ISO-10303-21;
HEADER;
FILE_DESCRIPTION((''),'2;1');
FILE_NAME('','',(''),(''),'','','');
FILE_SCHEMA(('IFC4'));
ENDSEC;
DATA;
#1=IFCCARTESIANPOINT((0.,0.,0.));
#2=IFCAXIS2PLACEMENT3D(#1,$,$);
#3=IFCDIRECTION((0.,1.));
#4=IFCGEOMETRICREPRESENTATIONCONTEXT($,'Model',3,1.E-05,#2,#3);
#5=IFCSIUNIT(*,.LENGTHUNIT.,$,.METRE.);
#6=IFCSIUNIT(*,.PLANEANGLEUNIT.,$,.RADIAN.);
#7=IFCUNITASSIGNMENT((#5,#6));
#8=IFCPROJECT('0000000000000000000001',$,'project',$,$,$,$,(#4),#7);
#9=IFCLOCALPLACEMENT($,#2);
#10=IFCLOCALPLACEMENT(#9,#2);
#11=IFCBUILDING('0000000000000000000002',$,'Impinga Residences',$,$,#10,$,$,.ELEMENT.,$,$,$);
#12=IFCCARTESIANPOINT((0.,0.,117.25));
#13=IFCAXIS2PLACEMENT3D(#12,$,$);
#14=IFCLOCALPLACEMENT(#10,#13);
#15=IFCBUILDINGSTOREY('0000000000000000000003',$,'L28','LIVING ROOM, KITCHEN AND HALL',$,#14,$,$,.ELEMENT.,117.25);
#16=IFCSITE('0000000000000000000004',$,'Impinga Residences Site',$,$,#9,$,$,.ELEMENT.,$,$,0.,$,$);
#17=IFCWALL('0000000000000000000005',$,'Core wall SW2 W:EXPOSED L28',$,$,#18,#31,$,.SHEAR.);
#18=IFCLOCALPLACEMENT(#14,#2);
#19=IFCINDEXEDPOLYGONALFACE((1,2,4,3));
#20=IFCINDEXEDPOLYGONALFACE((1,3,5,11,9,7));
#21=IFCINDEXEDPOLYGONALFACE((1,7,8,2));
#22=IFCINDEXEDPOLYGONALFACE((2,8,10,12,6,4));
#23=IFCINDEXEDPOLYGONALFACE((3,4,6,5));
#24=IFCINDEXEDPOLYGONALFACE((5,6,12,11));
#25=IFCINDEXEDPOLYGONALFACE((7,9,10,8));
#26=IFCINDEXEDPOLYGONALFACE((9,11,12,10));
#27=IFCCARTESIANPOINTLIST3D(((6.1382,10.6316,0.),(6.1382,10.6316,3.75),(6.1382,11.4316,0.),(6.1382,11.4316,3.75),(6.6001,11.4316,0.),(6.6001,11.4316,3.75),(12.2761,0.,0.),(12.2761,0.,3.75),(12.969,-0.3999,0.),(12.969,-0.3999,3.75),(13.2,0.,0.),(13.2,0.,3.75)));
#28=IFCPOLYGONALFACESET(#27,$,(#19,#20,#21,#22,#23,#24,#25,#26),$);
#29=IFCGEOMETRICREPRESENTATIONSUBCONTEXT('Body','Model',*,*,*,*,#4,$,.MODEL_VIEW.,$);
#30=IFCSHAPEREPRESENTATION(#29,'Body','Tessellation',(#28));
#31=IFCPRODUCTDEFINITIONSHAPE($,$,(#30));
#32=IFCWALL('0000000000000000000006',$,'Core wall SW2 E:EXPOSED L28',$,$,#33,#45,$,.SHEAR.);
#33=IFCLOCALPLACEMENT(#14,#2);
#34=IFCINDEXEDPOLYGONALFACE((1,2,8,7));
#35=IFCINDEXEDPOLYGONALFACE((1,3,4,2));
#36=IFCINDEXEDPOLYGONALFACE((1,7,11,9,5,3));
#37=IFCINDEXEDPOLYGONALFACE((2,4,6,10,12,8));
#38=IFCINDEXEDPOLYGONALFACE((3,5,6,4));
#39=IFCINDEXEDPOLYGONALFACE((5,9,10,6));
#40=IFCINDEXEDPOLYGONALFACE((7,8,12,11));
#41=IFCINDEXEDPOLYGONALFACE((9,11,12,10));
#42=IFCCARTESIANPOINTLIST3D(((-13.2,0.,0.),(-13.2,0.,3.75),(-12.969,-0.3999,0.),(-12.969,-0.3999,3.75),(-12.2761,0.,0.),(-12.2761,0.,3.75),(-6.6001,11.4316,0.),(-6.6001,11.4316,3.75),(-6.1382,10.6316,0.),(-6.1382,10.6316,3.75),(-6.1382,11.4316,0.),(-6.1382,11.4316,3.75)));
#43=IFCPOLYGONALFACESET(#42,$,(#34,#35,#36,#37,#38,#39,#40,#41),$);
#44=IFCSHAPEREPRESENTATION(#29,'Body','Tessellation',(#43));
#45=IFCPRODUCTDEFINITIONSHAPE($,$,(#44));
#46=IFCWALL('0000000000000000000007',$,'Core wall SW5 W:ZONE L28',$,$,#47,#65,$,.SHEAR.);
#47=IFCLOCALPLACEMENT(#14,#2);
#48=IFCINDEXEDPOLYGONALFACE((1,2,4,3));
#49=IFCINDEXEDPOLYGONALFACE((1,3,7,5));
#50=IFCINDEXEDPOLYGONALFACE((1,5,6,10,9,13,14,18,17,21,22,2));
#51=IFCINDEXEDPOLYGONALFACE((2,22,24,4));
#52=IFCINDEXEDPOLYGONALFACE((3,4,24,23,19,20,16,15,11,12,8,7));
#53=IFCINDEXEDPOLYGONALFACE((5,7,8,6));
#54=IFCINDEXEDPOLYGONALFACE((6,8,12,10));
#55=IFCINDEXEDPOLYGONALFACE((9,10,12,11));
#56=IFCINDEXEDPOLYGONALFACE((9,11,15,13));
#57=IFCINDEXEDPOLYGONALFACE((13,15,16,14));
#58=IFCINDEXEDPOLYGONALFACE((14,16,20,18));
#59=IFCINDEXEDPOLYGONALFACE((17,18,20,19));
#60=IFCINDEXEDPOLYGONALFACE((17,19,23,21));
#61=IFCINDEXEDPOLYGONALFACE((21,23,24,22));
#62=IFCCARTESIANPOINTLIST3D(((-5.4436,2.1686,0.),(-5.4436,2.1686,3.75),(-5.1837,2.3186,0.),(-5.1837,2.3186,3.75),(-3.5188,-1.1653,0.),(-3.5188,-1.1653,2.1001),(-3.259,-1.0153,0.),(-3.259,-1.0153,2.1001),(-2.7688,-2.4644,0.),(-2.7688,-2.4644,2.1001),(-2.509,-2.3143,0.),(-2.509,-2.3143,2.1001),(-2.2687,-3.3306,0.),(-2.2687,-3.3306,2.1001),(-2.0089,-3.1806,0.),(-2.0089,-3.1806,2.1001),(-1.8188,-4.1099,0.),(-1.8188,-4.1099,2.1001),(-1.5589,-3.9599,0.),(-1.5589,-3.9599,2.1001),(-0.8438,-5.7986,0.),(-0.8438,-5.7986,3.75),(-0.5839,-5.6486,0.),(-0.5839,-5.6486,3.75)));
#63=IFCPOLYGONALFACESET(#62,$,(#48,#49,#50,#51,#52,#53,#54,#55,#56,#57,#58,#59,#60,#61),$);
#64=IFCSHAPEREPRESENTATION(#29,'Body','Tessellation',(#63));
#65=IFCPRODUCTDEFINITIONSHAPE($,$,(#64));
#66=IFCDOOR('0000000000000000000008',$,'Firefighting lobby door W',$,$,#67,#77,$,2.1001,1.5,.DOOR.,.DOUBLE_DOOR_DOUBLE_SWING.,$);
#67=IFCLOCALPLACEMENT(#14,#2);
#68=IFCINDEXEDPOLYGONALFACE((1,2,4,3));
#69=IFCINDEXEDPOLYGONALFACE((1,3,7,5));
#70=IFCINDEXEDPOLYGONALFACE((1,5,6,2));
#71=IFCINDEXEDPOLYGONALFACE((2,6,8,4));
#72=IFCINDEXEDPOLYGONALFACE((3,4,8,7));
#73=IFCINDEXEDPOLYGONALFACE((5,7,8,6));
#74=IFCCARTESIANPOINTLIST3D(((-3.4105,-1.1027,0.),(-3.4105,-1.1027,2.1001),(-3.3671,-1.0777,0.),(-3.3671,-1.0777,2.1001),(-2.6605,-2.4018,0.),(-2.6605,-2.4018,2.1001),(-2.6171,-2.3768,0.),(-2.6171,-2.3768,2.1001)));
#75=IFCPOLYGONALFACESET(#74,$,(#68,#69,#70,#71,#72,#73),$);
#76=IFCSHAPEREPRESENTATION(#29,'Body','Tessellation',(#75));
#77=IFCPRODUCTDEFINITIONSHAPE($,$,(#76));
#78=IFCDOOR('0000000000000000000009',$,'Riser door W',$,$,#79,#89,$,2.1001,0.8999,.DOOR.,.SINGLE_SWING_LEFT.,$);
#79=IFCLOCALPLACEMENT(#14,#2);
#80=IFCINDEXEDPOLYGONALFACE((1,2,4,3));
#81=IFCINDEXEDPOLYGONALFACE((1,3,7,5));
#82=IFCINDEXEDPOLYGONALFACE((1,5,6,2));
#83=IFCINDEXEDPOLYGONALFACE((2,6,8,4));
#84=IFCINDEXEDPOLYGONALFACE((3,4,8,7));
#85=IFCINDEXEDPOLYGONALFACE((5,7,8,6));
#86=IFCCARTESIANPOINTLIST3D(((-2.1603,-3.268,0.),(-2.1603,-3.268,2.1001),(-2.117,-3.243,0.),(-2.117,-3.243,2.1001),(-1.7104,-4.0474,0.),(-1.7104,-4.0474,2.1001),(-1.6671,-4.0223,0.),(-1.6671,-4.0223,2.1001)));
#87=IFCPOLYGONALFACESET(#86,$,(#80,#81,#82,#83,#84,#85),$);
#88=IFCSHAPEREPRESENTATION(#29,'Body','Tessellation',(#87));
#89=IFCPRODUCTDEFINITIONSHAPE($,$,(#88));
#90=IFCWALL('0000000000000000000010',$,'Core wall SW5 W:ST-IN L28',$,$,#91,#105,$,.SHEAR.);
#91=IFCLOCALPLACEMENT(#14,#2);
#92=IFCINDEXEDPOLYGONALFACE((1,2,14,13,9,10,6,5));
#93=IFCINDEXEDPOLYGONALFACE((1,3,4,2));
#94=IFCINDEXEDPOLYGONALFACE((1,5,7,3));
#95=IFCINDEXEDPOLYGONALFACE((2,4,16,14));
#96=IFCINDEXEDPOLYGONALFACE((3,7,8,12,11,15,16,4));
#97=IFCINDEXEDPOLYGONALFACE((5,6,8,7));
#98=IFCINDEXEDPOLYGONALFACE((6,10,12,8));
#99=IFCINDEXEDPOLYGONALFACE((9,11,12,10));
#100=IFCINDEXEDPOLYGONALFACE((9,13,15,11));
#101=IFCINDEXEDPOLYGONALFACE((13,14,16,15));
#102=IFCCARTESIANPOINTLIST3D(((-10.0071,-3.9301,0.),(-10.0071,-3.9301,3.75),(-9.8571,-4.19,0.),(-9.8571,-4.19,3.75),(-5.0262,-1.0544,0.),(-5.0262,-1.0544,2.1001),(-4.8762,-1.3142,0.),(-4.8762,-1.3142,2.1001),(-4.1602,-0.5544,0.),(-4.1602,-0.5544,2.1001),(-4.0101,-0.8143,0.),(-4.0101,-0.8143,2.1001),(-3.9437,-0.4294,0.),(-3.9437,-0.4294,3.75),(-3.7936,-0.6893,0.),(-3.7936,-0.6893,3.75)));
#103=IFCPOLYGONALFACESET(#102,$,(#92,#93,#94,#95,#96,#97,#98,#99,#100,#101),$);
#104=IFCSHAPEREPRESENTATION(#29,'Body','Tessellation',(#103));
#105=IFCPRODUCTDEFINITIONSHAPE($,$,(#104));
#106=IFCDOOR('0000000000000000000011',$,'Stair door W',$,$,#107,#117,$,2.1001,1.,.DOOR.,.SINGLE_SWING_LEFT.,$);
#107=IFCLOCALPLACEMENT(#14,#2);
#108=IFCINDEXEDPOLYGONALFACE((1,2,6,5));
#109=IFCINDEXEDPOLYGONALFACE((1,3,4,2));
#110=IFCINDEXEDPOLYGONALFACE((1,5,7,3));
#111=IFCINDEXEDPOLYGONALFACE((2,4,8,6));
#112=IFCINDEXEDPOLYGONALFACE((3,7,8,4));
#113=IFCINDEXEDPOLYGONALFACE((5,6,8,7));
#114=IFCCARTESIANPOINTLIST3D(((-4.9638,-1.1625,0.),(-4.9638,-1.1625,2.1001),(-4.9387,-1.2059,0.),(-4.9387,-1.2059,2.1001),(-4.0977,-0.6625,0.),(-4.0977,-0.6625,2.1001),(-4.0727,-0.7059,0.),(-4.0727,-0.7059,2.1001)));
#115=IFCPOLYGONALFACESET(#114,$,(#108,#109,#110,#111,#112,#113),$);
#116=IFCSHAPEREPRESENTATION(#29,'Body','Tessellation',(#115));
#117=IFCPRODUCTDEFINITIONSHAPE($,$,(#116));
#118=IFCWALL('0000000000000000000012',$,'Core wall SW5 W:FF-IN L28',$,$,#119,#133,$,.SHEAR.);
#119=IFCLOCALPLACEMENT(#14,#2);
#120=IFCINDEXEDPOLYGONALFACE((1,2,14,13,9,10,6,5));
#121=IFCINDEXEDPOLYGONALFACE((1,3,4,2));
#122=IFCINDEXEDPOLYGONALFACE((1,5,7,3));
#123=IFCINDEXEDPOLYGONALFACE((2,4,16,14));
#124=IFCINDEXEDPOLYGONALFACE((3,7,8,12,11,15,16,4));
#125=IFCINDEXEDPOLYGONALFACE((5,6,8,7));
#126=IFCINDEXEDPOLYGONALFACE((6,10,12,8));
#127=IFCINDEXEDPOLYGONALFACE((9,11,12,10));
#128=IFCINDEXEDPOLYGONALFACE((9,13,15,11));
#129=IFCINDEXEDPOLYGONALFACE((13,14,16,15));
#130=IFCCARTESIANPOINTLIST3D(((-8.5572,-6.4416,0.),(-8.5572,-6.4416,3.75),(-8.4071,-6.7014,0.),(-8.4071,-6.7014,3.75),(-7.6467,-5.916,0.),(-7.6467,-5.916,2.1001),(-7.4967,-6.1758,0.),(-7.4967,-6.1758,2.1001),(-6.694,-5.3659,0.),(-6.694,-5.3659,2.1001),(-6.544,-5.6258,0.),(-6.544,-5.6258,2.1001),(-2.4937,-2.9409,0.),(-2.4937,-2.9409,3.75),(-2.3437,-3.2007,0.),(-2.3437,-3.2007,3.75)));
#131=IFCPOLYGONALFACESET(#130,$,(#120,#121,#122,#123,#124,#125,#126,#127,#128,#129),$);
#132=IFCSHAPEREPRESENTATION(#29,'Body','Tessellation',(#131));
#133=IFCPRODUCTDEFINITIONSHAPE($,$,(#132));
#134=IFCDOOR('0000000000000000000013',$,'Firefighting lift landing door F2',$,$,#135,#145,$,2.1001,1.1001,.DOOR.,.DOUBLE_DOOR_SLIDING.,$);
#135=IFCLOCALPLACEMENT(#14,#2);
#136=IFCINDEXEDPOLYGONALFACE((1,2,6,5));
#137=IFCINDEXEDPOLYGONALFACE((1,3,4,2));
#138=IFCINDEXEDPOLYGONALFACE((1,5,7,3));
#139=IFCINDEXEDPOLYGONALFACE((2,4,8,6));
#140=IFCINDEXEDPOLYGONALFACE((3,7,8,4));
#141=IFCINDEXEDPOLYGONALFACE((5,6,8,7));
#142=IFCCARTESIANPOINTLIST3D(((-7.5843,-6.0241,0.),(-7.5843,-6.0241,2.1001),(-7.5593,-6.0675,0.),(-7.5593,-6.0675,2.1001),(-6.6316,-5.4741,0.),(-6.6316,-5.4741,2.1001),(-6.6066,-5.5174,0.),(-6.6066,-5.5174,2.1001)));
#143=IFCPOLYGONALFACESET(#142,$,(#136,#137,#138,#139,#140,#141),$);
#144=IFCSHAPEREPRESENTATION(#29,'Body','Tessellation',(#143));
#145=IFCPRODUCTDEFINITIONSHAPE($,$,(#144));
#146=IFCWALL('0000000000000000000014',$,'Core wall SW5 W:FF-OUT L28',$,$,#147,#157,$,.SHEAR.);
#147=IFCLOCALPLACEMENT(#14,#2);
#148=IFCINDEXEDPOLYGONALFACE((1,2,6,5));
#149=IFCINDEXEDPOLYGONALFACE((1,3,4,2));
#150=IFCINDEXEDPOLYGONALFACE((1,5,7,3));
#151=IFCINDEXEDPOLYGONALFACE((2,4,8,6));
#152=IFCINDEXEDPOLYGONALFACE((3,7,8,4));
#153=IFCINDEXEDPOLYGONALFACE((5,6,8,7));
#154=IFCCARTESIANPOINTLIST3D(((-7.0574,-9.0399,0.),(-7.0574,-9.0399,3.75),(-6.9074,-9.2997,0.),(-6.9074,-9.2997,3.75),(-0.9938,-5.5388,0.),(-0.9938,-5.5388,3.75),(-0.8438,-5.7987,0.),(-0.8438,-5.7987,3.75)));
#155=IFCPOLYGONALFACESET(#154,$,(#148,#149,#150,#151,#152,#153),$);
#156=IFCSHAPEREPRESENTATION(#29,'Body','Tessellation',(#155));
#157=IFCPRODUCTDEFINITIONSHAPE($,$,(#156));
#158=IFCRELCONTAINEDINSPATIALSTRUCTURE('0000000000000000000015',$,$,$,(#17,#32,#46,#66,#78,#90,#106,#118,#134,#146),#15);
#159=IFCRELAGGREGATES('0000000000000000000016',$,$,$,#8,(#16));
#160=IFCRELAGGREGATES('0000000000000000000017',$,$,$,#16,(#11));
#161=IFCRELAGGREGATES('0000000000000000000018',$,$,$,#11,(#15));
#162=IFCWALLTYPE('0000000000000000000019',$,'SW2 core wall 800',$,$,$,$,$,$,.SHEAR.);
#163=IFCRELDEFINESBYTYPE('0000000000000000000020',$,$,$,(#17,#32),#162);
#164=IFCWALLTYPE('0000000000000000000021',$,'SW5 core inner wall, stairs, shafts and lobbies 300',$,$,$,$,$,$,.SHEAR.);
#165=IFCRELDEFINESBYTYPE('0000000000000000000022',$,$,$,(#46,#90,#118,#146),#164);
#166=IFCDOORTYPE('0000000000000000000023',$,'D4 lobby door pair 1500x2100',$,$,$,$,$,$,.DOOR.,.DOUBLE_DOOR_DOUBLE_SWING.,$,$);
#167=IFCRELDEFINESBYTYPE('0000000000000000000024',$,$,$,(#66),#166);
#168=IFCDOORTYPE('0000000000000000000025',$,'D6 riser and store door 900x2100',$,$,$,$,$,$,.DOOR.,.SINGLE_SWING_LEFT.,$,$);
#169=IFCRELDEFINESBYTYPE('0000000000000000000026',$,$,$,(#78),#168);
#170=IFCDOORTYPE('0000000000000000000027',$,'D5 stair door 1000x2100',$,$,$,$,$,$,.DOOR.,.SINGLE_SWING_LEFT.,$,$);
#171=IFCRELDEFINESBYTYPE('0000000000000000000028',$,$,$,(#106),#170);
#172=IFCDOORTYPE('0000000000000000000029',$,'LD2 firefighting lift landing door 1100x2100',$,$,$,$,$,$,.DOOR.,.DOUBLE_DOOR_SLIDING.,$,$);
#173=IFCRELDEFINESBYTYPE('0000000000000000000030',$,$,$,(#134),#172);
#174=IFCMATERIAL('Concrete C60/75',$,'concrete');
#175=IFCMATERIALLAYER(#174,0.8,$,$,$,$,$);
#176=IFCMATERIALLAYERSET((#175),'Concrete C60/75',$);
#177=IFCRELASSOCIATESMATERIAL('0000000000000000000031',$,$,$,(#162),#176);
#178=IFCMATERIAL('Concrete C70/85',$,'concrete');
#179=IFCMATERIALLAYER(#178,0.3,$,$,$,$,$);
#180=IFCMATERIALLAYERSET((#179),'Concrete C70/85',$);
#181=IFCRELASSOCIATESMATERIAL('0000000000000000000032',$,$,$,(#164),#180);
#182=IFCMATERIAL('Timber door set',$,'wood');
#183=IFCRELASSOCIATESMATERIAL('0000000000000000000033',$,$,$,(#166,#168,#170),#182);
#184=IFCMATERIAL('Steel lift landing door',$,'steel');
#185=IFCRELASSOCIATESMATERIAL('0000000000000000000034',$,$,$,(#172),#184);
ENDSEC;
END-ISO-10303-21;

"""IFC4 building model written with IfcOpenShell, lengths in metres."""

from ifc_helpers import new_model, si_unit, direction, frame, frame_2d, origin, place, context, subcontext, project, spatial, polyline, rectangle, outline, extrude, material, layer, layer_set, type_object, element, fill, save


model = new_model("IFC4")

# Units and contexts
model_context = context("Model", 3, precision=1e-05, world=origin(), true_north=direction((0.0, 1.0)))
body_context = subcontext(model_context, "Body", "Model", "MODEL_VIEW")
ifc_project = project(units=[si_unit("LENGTHUNIT", "METRE"), si_unit("PLANEANGLEUNIT", "RADIAN")], contexts=[model_context])

# Site, building, storey
site_placement = place(None, origin())
site = spatial("IfcSite", under=ifc_project, at=site_placement, Name="Impinga Residences Site", CompositionType="ELEMENT", RefElevation=0.0)
building_placement = place(site_placement, origin())
building = spatial("IfcBuilding", under=site, at=building_placement, Name="Impinga Residences", CompositionType="ELEMENT")
storey_placement = place(building_placement, frame((0.0, 0.0, 117.25)))
storey = spatial("IfcBuildingStorey", under=building, at=storey_placement, Name="L28", Description="LIVING ROOM, KITCHEN AND HALL", CompositionType="ELEMENT", Elevation=117.25)

# Shared definitions
ifc_material_1 = material(Name="Concrete C60/75", Category="concrete")

# Walls
ifc_layer_1 = layer(ifc_material_1, 0.8)
ifc_layer_set_1 = layer_set([ifc_layer_1], Name="Concrete C60/75")
wall_type_1 = type_object("IfcWallType", Name="SW2 core wall 800", PredefinedType="SHEAR", material=ifc_layer_set_1)
wall_1_placement = place(storey_placement, origin())
element("IfcWall", 1, at=wall_1_placement, inside=storey, type_object=wall_type_1, Name="Core wall SW2 W:EXPOSED L28", PredefinedType="SHEAR", context=body_context, shape_type="SweptSolid", body=[
    extrude(outline(polyline([(13.2, 0.0), (6.6001, 11.4316), (6.1382, 11.4316), (6.1382, 10.6316), (12.2761, 0.0), (12.969, -0.3999), (13.2, 0.0)])), origin(), (0.0, 0.0, 1.0), 3.75),
])
wall_2_placement = place(storey_placement, origin())
element("IfcWall", 2, at=wall_2_placement, inside=storey, type_object=wall_type_1, Name="Core wall SW2 E:EXPOSED L28", PredefinedType="SHEAR", context=body_context, shape_type="SweptSolid", body=[
    extrude(outline(polyline([(-6.6001, 11.4316), (-13.2, 0.0), (-12.969, -0.3999), (-12.2761, 0.0), (-6.1382, 10.6316), (-6.1382, 11.4316), (-6.6001, 11.4316)])), origin(), (0.0, 0.0, 1.0), 3.75),
])

# Wall, openings, doors
ifc_material_2 = material(Name="Concrete C70/85", Category="concrete")
ifc_layer_2 = layer(ifc_material_2, 0.3)
ifc_layer_set_2 = layer_set([ifc_layer_2], Name="Concrete C70/85")
wall_type_2 = type_object("IfcWallType", Name="SW5 core inner wall, stairs, shafts and lobbies 300", PredefinedType="SHEAR", material=ifc_layer_set_2)
wall_3_placement = place(storey_placement, frame((-0.7139, -5.7236, 0.0), z_axis=(0.0, 0.0, 1.0), x_axis=(-0.499995, 0.866028, 0.0)))
wall_3 = element("IfcWall", 3, at=wall_3_placement, inside=storey, type_object=wall_type_2, Name="Core wall SW5 W:ZONE L28", PredefinedType="SHEAR", context=body_context, shape_type="SweptSolid", body=[
    extrude(rectangle(XDim=9.1997, YDim=0.3, at=frame_2d((4.5999, 0.0))), origin(), (0.0, 0.0, 1.0), 3.75),
])
opening_1_placement = place(wall_3_placement, frame((3.8501, 0.0, 0.0)))
opening_1 = element("IfcOpeningElement", 4, at=opening_1_placement, cuts=wall_3, PredefinedType="OPENING", context=body_context, shape_type="SweptSolid", body=[
    extrude(rectangle(XDim=1.5, YDim=2.1001, at=frame_2d((0.75, 1.05))), frame((0.0, 0.1599, 0.0), z_axis=(0.0, -1.0, 0.0), x_axis=(1.0, 0.0, 0.0)), (0.0, 0.0, 1.0), 0.3201),
])
opening_2_placement = place(wall_3_placement, frame((1.95, 0.0, 0.0)))
opening_2 = element("IfcOpeningElement", 5, at=opening_2_placement, cuts=wall_3, PredefinedType="OPENING", context=body_context, shape_type="SweptSolid", body=[
    extrude(rectangle(XDim=0.8999, YDim=2.1001, at=frame_2d((0.45, 1.05))), frame((0.0, 0.1599, 0.0), z_axis=(0.0, -1.0, 0.0), x_axis=(1.0, 0.0, 0.0)), (0.0, 0.0, 1.0), 0.3201),
])
ifc_material_3 = material(Name="Timber door set", Category="wood")
door_type_1 = type_object("IfcDoorType", Name="D4 lobby door pair 1500x2100", OperationType="DOUBLE_DOOR_DOUBLE_SWING", PredefinedType="DOOR", material=ifc_material_3)
door_1_placement = place(opening_1_placement, origin())
door_1 = element("IfcDoor", 6, at=door_1_placement, inside=storey, type_object=door_type_1, Name="Firefighting lobby door W", OperationType="DOUBLE_DOOR_DOUBLE_SWING", OverallHeight=2.1001, OverallWidth=1.5, PredefinedType="DOOR", context=body_context, shape_type="SweptSolid", body=[
    extrude(rectangle(XDim=1.5, YDim=2.1001, at=frame_2d((0.75, 1.05))), frame((0.0, 0.0249, 0.0), z_axis=(0.0, -1.0, 0.0), x_axis=(1.0, 0.0, 0.0)), (0.0, 0.0, 1.0), 0.05),
])
fill(opening_1, door_1)
door_type_2 = type_object("IfcDoorType", Name="D6 riser and store door 900x2100", OperationType="SINGLE_SWING_LEFT", PredefinedType="DOOR", material=ifc_material_3)
door_2_placement = place(opening_2_placement, origin())
door_2 = element("IfcDoor", 7, at=door_2_placement, inside=storey, type_object=door_type_2, Name="Riser door W", OperationType="SINGLE_SWING_LEFT", OverallHeight=2.1001, OverallWidth=0.8999, PredefinedType="DOOR", context=body_context, shape_type="SweptSolid", body=[
    extrude(rectangle(XDim=0.8999, YDim=2.1001, at=frame_2d((0.45, 1.05))), frame((0.0, 0.0249, 0.0), z_axis=(0.0, -1.0, 0.0), x_axis=(1.0, 0.0, 0.0)), (0.0, 0.0, 1.0), 0.05),
])
fill(opening_2, door_2)

# Walls, openings, doors
wall_4_placement = place(storey_placement, frame((-3.8687, -0.5593, 0.0), z_axis=(0.0, 0.0, 1.0), x_axis=(-0.866026, -0.499998, 0.0)))
wall_4 = element("IfcWall", 8, at=wall_4_placement, inside=storey, type_object=wall_type_2, Name="Core wall SW5 W:ST-IN L28", PredefinedType="SHEAR", context=body_context, shape_type="SweptSolid", body=[
    extrude(rectangle(XDim=7.0015, YDim=0.3, at=frame_2d((3.5007, 0.0))), origin(), (0.0, 0.0, 1.0), 3.75),
])
opening_3_placement = place(wall_4_placement, frame((0.25, 0.0, 0.0)))
opening_3 = element("IfcOpeningElement", 9, at=opening_3_placement, cuts=wall_4, PredefinedType="OPENING", context=body_context, shape_type="SweptSolid", body=[
    extrude(rectangle(XDim=1.0, YDim=2.1001, at=frame_2d((0.5, 1.05))), frame((0.0, 0.1599, 0.0), z_axis=(0.0, -1.0, 0.0), x_axis=(1.0, 0.0, 0.0)), (0.0, 0.0, 1.0), 0.3201),
])
door_type_3 = type_object("IfcDoorType", Name="D5 stair door 1000x2100", OperationType="SINGLE_SWING_LEFT", PredefinedType="DOOR", material=ifc_material_3)
door_3_placement = place(opening_3_placement, origin())
door_3 = element("IfcDoor", 10, at=door_3_placement, inside=storey, type_object=door_type_3, Name="Stair door W", OperationType="SINGLE_SWING_LEFT", OverallHeight=2.1001, OverallWidth=1.0, PredefinedType="DOOR", context=body_context, shape_type="SweptSolid", body=[
    extrude(rectangle(XDim=1.0, YDim=2.1001, at=frame_2d((0.5, 1.05))), frame((0.0, 0.0249, 0.0), z_axis=(0.0, -1.0, 0.0), x_axis=(1.0, 0.0, 0.0)), (0.0, 0.0, 1.0), 0.05),
])
fill(opening_3, door_3)
wall_5_placement = place(storey_placement, frame((-2.4187, -3.0708, 0.0), z_axis=(0.0, 0.0, 1.0), x_axis=(-0.866026, -0.499998, 0.0)))
wall_5 = element("IfcWall", 11, at=wall_5_placement, inside=storey, type_object=wall_type_2, Name="Core wall SW5 W:FF-IN L28", PredefinedType="SHEAR", context=body_context, shape_type="SweptSolid", body=[
    extrude(rectangle(XDim=7.0015, YDim=0.3, at=frame_2d((3.5007, 0.0))), origin(), (0.0, 0.0, 1.0), 3.75),
])
opening_4_placement = place(wall_5_placement, frame((4.8501, 0.0, 0.0)))
opening_4 = element("IfcOpeningElement", 12, at=opening_4_placement, cuts=wall_5, PredefinedType="OPENING", context=body_context, shape_type="SweptSolid", body=[
    extrude(rectangle(XDim=1.1001, YDim=2.1001, at=frame_2d((0.55, 1.05))), frame((0.0, 0.1599, 0.0), z_axis=(0.0, -1.0, 0.0), x_axis=(1.0, 0.0, 0.0)), (0.0, 0.0, 1.0), 0.3201),
])
ifc_material_4 = material(Name="Steel lift landing door", Category="steel")
door_type_4 = type_object("IfcDoorType", Name="LD2 firefighting lift landing door 1100x2100", OperationType="DOUBLE_DOOR_SLIDING", PredefinedType="DOOR", material=ifc_material_4)
door_4_placement = place(opening_4_placement, origin())
door_4 = element("IfcDoor", 13, at=door_4_placement, inside=storey, type_object=door_type_4, Name="Firefighting lift landing door F2", OperationType="DOUBLE_DOOR_SLIDING", OverallHeight=2.1001, OverallWidth=1.1001, PredefinedType="DOOR", context=body_context, shape_type="SweptSolid", body=[
    extrude(rectangle(XDim=1.1001, YDim=2.1001, at=frame_2d((0.55, 1.05))), frame((0.0, 0.0249, 0.0), z_axis=(0.0, -1.0, 0.0), x_axis=(1.0, 0.0, 0.0)), (0.0, 0.0, 1.0), 0.05),
])
fill(opening_4, door_4)

# Wall
wall_6_placement = place(storey_placement, frame((-0.9187, -5.6687, 0.0), z_axis=(0.0, 0.0, 1.0), x_axis=(-0.866011, -0.500024, 0.0)))
element("IfcWall", 14, at=wall_6_placement, inside=storey, type_object=wall_type_2, Name="Core wall SW5 W:FF-OUT L28", PredefinedType="SHEAR", context=body_context, shape_type="SweptSolid", body=[
    extrude(rectangle(XDim=7.0017, YDim=0.3, at=frame_2d((3.501, 0.0))), origin(), (0.0, 0.0, 1.0), 3.75),
])

save(model, "model.ifc")
